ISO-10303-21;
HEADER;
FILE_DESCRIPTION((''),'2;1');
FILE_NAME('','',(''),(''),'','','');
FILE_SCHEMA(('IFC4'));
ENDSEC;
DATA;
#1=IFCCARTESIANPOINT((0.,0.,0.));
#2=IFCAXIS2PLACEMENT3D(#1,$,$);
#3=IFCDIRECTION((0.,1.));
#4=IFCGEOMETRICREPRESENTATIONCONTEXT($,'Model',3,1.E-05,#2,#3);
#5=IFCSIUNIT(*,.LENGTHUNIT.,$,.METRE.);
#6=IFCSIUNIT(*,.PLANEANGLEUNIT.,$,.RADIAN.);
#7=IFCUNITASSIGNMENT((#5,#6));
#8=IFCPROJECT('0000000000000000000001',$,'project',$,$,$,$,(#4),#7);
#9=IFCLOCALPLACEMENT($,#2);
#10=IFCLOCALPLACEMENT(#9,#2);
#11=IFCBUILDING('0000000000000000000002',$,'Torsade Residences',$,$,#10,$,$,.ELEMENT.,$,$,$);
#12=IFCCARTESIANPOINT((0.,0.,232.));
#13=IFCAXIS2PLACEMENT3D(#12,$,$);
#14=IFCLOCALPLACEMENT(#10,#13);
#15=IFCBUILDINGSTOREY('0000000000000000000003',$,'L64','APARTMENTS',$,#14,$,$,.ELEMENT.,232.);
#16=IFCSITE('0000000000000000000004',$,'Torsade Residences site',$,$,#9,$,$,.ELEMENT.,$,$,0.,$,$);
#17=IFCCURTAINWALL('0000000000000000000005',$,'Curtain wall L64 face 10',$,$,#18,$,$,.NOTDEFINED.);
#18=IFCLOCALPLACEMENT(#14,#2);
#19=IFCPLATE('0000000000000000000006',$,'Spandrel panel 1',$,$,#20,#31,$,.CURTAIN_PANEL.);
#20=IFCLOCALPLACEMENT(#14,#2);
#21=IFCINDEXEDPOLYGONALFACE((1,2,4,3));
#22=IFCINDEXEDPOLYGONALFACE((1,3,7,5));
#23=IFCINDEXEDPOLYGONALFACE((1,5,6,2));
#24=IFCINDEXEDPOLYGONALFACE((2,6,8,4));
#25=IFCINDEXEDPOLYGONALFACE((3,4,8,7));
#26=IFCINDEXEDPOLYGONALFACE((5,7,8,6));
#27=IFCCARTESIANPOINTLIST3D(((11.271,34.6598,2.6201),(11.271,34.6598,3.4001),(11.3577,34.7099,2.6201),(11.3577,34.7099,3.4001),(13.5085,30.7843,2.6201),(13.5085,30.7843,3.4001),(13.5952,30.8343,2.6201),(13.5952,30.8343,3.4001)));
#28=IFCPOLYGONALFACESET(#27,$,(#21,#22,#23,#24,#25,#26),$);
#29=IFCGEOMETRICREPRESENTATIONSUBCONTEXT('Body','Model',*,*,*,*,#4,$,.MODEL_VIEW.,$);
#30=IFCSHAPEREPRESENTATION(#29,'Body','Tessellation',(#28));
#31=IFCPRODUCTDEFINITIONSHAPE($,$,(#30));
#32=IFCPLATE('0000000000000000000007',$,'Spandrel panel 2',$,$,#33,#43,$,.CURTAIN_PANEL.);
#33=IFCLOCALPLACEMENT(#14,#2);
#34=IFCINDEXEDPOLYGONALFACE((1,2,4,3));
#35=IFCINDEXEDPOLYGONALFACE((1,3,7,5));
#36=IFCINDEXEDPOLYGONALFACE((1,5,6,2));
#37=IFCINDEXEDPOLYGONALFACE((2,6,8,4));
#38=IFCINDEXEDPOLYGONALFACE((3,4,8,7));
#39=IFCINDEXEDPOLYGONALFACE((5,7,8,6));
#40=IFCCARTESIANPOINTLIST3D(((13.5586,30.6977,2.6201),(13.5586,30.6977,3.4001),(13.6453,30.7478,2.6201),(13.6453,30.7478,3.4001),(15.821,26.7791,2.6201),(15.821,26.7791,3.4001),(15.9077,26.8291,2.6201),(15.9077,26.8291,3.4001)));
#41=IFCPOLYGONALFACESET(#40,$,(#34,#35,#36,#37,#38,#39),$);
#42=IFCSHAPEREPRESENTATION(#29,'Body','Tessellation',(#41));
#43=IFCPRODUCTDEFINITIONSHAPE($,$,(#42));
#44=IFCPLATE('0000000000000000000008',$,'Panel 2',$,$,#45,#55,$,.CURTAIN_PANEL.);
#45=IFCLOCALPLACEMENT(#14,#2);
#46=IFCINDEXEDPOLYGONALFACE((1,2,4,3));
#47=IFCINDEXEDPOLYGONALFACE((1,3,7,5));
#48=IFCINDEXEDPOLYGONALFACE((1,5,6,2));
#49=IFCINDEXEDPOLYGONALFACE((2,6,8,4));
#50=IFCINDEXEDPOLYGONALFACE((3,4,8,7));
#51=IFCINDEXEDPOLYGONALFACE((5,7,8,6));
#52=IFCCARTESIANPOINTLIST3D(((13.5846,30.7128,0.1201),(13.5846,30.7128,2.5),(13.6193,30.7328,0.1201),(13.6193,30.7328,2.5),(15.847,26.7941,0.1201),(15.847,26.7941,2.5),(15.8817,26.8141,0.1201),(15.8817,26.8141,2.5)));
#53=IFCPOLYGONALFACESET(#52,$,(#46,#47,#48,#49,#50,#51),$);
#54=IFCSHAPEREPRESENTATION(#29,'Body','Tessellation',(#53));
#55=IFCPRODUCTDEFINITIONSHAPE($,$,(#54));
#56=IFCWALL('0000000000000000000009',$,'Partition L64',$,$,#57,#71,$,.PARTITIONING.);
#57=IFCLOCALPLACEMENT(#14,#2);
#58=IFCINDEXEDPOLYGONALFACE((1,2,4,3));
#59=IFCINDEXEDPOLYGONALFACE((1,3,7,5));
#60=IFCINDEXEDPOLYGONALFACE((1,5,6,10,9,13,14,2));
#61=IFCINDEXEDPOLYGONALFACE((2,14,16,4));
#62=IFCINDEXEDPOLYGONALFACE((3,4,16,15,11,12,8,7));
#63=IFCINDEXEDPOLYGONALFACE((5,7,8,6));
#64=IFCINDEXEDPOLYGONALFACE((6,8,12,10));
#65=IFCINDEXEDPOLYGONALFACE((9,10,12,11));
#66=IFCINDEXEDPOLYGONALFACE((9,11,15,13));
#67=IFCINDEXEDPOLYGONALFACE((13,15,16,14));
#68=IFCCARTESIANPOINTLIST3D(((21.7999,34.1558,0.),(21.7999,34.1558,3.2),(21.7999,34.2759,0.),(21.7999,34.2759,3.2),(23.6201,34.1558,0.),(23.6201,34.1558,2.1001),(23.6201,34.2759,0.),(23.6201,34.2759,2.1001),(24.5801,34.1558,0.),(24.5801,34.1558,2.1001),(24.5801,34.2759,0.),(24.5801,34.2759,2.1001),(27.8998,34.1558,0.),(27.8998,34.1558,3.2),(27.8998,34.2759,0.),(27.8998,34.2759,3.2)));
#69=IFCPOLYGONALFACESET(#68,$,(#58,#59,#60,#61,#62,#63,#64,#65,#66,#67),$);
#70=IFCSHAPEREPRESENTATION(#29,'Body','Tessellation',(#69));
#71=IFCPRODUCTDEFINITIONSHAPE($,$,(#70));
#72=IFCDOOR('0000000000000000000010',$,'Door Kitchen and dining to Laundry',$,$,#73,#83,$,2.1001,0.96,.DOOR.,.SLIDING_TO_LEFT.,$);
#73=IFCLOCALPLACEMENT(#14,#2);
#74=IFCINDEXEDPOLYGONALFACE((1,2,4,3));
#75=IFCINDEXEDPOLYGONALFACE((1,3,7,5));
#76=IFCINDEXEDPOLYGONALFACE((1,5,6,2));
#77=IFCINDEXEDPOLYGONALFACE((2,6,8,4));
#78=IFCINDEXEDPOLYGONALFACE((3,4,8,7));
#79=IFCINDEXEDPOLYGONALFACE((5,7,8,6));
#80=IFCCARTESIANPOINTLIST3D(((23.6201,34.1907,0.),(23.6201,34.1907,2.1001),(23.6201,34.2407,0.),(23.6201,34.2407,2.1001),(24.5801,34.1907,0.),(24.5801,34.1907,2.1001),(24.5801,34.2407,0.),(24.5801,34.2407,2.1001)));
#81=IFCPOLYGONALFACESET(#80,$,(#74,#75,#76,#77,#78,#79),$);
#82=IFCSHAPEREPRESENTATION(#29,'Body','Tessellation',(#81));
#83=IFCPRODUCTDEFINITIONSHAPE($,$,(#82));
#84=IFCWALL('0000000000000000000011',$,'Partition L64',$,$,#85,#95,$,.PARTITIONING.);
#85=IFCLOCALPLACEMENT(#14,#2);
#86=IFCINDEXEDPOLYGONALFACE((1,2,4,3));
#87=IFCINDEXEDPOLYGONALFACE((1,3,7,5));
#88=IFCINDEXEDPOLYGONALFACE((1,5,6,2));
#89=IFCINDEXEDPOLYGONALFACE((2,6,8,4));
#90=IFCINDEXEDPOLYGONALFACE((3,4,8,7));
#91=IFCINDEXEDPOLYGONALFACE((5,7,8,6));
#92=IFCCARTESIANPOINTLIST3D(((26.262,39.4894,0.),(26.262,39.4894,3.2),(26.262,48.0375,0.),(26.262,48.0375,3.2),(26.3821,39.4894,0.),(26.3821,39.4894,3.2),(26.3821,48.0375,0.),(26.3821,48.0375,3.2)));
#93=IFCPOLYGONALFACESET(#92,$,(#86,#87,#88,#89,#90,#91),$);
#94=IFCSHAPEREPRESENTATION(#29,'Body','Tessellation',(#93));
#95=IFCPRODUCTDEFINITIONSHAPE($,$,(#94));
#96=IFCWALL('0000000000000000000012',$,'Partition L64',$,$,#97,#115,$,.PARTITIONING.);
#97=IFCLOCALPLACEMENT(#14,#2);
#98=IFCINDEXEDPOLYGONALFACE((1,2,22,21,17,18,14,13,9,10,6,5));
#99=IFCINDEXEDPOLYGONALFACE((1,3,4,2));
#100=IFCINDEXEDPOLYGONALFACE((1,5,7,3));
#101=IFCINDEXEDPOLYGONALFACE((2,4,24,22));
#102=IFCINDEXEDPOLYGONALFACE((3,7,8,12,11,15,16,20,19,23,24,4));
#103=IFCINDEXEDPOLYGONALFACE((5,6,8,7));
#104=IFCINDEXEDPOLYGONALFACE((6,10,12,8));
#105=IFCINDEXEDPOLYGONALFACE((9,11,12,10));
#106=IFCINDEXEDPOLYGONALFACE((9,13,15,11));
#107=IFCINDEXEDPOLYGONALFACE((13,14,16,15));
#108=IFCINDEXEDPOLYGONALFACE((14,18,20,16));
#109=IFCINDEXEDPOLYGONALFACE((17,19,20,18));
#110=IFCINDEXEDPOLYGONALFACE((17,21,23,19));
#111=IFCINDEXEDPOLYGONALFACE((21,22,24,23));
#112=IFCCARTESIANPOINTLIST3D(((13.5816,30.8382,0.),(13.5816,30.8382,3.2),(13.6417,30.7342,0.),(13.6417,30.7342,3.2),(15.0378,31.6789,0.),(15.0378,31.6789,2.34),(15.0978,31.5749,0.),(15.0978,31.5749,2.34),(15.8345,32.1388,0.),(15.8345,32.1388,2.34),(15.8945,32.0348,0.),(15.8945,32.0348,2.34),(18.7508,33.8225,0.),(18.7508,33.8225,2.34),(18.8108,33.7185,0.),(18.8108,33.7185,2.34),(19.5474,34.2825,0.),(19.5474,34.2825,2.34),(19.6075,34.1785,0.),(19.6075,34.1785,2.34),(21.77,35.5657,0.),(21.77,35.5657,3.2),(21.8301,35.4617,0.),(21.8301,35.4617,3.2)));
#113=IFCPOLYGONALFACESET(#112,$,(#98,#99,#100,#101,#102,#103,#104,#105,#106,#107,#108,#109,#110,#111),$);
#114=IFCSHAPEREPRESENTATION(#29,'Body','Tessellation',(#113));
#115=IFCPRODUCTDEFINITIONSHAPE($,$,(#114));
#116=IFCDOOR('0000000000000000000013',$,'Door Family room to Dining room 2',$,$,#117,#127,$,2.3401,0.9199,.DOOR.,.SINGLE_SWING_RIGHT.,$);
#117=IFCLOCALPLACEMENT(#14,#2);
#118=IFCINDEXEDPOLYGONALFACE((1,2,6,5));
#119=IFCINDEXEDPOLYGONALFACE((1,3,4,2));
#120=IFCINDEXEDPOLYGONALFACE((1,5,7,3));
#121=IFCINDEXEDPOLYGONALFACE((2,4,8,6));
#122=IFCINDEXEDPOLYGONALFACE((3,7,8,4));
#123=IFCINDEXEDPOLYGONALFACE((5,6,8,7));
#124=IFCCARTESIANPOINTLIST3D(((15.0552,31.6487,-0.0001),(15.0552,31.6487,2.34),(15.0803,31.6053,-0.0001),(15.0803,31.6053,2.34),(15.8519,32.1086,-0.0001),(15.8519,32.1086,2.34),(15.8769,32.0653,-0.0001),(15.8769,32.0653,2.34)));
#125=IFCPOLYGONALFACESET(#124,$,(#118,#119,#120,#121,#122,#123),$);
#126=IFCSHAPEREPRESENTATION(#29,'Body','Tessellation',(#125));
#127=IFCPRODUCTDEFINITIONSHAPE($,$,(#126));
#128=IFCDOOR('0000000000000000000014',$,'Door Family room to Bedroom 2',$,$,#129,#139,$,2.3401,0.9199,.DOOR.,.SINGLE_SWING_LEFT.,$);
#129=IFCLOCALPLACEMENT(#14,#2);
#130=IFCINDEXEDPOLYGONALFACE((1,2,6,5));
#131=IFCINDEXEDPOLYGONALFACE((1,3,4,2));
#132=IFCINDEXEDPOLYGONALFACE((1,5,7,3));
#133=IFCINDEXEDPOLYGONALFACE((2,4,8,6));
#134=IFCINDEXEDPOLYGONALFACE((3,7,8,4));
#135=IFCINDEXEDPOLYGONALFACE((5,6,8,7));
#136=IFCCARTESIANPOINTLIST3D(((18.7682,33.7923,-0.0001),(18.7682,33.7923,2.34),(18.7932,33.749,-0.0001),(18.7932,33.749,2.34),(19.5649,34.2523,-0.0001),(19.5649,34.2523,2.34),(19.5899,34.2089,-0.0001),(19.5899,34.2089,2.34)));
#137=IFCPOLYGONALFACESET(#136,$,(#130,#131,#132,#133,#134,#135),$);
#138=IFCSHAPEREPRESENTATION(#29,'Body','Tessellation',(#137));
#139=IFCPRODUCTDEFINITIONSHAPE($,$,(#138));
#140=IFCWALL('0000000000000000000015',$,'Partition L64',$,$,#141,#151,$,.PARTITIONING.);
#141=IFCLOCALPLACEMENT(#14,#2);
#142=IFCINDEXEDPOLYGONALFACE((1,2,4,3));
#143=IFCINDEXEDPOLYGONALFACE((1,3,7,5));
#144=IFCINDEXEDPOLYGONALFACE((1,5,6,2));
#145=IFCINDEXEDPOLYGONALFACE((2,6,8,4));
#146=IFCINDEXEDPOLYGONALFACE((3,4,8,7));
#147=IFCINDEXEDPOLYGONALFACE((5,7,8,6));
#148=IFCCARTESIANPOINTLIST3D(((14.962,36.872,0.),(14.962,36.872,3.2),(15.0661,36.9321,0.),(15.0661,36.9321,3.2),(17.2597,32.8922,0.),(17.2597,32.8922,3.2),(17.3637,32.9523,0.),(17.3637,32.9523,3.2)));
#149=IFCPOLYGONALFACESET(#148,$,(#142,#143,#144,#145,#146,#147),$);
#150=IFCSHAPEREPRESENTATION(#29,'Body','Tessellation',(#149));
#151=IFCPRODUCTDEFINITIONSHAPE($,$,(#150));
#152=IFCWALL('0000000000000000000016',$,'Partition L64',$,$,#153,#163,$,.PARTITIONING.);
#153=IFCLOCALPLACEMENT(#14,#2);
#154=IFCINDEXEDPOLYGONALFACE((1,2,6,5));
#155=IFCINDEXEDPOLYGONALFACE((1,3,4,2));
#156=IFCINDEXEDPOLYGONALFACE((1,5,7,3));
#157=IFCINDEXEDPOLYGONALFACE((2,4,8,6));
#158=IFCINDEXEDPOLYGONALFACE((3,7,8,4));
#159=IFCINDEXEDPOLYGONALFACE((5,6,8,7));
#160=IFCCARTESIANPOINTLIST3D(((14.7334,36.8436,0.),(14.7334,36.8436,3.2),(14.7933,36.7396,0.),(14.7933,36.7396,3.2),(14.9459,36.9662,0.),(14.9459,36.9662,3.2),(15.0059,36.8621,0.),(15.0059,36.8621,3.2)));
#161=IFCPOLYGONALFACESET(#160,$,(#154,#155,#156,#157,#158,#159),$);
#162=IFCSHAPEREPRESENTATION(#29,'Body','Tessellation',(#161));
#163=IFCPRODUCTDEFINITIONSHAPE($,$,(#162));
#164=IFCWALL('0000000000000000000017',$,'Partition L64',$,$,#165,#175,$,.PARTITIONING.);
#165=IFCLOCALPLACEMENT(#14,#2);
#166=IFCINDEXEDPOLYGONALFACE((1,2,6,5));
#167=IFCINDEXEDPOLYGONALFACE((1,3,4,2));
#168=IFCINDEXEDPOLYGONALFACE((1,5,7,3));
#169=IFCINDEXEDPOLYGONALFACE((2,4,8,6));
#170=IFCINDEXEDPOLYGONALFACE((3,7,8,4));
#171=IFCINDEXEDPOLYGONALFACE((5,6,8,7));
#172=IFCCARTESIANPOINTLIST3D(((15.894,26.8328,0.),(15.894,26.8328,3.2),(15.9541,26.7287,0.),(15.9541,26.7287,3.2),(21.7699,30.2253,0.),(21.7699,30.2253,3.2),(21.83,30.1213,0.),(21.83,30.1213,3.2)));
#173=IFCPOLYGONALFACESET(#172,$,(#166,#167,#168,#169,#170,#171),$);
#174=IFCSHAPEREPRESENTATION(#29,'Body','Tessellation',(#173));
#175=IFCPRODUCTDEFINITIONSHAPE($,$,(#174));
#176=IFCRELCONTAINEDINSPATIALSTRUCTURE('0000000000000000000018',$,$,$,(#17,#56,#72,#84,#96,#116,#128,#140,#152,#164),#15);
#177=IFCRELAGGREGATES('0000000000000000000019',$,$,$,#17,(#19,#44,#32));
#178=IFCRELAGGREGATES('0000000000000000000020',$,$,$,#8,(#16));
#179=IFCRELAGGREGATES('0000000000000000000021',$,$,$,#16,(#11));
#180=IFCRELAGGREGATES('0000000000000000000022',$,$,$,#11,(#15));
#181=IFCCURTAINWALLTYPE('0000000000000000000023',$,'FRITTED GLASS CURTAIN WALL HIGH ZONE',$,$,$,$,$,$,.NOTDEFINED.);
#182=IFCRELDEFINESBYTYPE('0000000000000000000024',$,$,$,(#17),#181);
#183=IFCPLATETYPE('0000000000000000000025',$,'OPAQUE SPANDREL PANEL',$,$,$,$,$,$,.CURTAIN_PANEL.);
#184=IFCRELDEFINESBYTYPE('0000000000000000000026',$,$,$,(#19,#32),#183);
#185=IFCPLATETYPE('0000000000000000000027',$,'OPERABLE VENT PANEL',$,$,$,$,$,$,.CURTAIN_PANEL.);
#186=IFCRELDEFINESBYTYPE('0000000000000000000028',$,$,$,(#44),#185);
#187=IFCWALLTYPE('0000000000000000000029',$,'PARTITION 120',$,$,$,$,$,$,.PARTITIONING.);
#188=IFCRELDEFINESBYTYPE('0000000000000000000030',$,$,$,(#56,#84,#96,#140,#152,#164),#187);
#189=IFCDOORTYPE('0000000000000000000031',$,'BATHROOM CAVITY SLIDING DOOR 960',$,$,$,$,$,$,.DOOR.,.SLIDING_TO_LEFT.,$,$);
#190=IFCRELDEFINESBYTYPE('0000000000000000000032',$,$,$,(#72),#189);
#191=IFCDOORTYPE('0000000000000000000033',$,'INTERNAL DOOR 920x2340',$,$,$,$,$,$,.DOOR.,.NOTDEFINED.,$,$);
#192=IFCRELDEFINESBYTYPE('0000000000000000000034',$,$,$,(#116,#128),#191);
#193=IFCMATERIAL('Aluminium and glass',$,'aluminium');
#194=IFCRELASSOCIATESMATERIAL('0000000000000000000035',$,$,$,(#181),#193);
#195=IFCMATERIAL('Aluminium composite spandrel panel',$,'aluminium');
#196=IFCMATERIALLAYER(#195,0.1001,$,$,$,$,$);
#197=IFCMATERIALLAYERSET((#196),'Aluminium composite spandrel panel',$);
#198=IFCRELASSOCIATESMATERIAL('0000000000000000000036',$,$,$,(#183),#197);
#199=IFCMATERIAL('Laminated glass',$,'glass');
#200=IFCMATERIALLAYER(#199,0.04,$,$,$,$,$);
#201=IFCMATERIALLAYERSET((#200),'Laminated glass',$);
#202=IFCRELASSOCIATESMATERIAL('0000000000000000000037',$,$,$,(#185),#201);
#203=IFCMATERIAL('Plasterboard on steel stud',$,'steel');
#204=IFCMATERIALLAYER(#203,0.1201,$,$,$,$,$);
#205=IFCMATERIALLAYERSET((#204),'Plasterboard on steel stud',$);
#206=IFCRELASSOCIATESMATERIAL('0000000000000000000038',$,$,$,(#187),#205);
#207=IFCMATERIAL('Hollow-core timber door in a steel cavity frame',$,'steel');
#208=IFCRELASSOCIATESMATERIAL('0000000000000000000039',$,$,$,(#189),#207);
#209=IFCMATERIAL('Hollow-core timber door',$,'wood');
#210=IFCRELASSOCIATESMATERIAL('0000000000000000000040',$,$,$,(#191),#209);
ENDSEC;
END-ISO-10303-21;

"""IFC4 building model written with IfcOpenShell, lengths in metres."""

from ifc_helpers import new_model, si_unit, direction, frame, frame_2d, origin, origin_2d, place, context, subcontext, project, spatial, rectangle, extrude, material, layer, layer_set, type_object, element, fill, aggregate, save


model = new_model("IFC4")

# Units and contexts
model_context = context("Model", 3, precision=1e-05, world=origin(), true_north=direction((0.0, 1.0)))
body_context = subcontext(model_context, "Body", "Model", "MODEL_VIEW")
ifc_project = project(units=[si_unit("LENGTHUNIT", "METRE"), si_unit("PLANEANGLEUNIT", "RADIAN")], contexts=[model_context])

# Site, building, storey
site_placement = place(None, origin())
site = spatial("IfcSite", under=ifc_project, at=site_placement, Name="Torsade Residences site", CompositionType="ELEMENT", RefElevation=0.0)
building_placement = place(site_placement, origin())
building = spatial("IfcBuilding", under=site, at=building_placement, Name="Torsade Residences", CompositionType="ELEMENT")
storey_placement = place(building_placement, frame((0.0, 0.0, 232.0)))
storey = spatial("IfcBuildingStorey", under=building, at=storey_placement, Name="L64", Description="APARTMENTS", CompositionType="ELEMENT", Elevation=232.0)

# Curtain wall
ifc_material_1 = material(Name="Aluminium and glass", Category="aluminium")
curtain_wall_type = type_object("IfcCurtainWallType", Name="FRITTED GLASS CURTAIN WALL HIGH ZONE", PredefinedType="NOTDEFINED", material=ifc_material_1)
curtain_wall_placement = place(storey_placement, origin())
curtain_wall = element("IfcCurtainWall", 1, at=curtain_wall_placement, inside=storey, type_object=curtain_wall_type, Name="Curtain wall L64 face 10", PredefinedType="NOTDEFINED")

# Plates
ifc_material_2 = material(Name="Aluminium composite spandrel panel", Category="aluminium")
ifc_layer_1 = layer(ifc_material_2, 0.1001)
ifc_layer_set_1 = layer_set([ifc_layer_1], Name="Aluminium composite spandrel panel")
plate_type_1 = type_object("IfcPlateType", Name="OPAQUE SPANDREL PANEL", PredefinedType="CURTAIN_PANEL", material=ifc_layer_set_1)
plate_1_placement = place(storey_placement, frame((12.4331, 32.7471, 2.6201), z_axis=(0.0, 0.0, 1.0), x_axis=(0.5, -0.866025, 0.0)))
plate_1 = element("IfcPlate", 2, at=plate_1_placement, type_object=plate_type_1, Name="Spandrel panel 1", PredefinedType="CURTAIN_PANEL", context=body_context, shape_type="SweptSolid", body=[
    extrude(rectangle(XDim=4.4751, YDim=0.1001, at=origin_2d()), origin(), (0.0, 0.0, 1.0), 0.78),
])
plate_2_placement = place(storey_placement, frame((14.7332, 28.7634, 2.6201), z_axis=(0.0, 0.0, 1.0), x_axis=(0.5, -0.866025, 0.0)))
plate_2 = element("IfcPlate", 3, at=plate_2_placement, type_object=plate_type_1, Name="Spandrel panel 2", PredefinedType="CURTAIN_PANEL", context=body_context, shape_type="SweptSolid", body=[
    extrude(rectangle(XDim=4.5249, YDim=0.1001, at=origin_2d()), origin(), (0.0, 0.0, 1.0), 0.78),
])
ifc_material_3 = material(Name="Laminated glass", Category="glass")
ifc_layer_2 = layer(ifc_material_3, 0.04)
ifc_layer_set_2 = layer_set([ifc_layer_2], Name="Laminated glass")
plate_type_2 = type_object("IfcPlateType", Name="OPERABLE VENT PANEL", PredefinedType="CURTAIN_PANEL", material=ifc_layer_set_2)
plate_3_placement = place(storey_placement, frame((14.7332, 28.7634, 0.1201), z_axis=(0.0, 0.0, 1.0), x_axis=(0.5, -0.866025, 0.0)))
plate_3 = element("IfcPlate", 4, at=plate_3_placement, type_object=plate_type_2, Name="Panel 2", PredefinedType="CURTAIN_PANEL", context=body_context, shape_type="SweptSolid", body=[
    extrude(rectangle(XDim=4.5249, YDim=0.04, at=origin_2d()), origin(), (0.0, 0.0, 1.0), 2.3799),
])
aggregate(curtain_wall, [plate_1, plate_3, plate_2])

# Wall, opening, door
ifc_material_4 = material(Name="Plasterboard on steel stud", Category="steel")
ifc_layer_3 = layer(ifc_material_4, 0.1201)
ifc_layer_set_3 = layer_set([ifc_layer_3], Name="Plasterboard on steel stud")
wall_type_1 = type_object("IfcWallType", Name="PARTITION 120", PredefinedType="PARTITIONING", material=ifc_layer_set_3)
wall_1_placement = place(storey_placement, frame((21.8, 34.2158, 0.0), z_axis=(0.0, 0.0, 1.0), x_axis=(1.0, 0.0, 0.0)))
wall_1 = element("IfcWall", 5, at=wall_1_placement, inside=storey, type_object=wall_type_1, Name="Partition L64", PredefinedType="PARTITIONING", context=body_context, shape_type="SweptSolid", body=[
    extrude(rectangle(XDim=6.0999, YDim=0.1201, at=frame_2d((3.0498, 0.0))), origin(), (0.0, 0.0, 1.0), 3.2),
])
opening_1_placement = place(wall_1_placement, frame((1.8201, 0.0, 0.0)))
opening_1 = element("IfcOpeningElement", 6, at=opening_1_placement, cuts=wall_1, PredefinedType="OPENING", context=body_context, shape_type="SweptSolid", body=[
    extrude(rectangle(XDim=0.96, YDim=2.1001, at=frame_2d((0.48, 1.05))), frame((0.0, 0.0701, 0.0), z_axis=(0.0, -1.0, 0.0), x_axis=(1.0, 0.0, 0.0)), (0.0, 0.0, 1.0), 0.1401),
])
ifc_material_5 = material(Name="Hollow-core timber door in a steel cavity frame", Category="steel")
door_type_1 = type_object("IfcDoorType", Name="BATHROOM CAVITY SLIDING DOOR 960", OperationType="SLIDING_TO_LEFT", PredefinedType="DOOR", material=ifc_material_5)
door_1_placement = place(opening_1_placement, origin())
door_1 = element("IfcDoor", 7, at=door_1_placement, inside=storey, type_object=door_type_1, Name="Door Kitchen and dining to Laundry", OperationType="SLIDING_TO_LEFT", OverallHeight=2.1001, OverallWidth=0.96, PredefinedType="DOOR", context=body_context, shape_type="SweptSolid", body=[
    extrude(rectangle(XDim=0.96, YDim=2.1001, at=frame_2d((0.48, 1.05))), frame((0.0, 0.0249, 0.0), z_axis=(0.0, -1.0, 0.0), x_axis=(1.0, 0.0, 0.0)), (0.0, 0.0, 1.0), 0.05),
])
fill(opening_1, door_1)

# Wall
wall_2_placement = place(storey_placement, frame((26.322, 39.4895, 0.0), z_axis=(0.0, 0.0, 1.0), x_axis=(0.0, 1.0, 0.0)))
element("IfcWall", 8, at=wall_2_placement, inside=storey, type_object=wall_type_1, Name="Partition L64", PredefinedType="PARTITIONING", context=body_context, shape_type="SweptSolid", body=[
    extrude(rectangle(XDim=8.5481, YDim=0.1201, at=frame_2d((4.2739, 0.0))), origin(), (0.0, 0.0, 1.0), 3.2),
])

# Wall, openings, doors
wall_3_placement = place(storey_placement, frame((21.8, 35.5137, 0.0), z_axis=(0.0, 0.0, 1.0), x_axis=(-0.866029, -0.499994, 0.0)))
wall_3 = element("IfcWall", 9, at=wall_3_placement, inside=storey, type_object=wall_type_1, Name="Partition L64", PredefinedType="PARTITIONING", context=body_context, shape_type="SweptSolid", body=[
    extrude(rectangle(XDim=9.4551, YDim=0.1201, at=frame_2d((4.7275, 0.0))), origin(), (0.0, 0.0, 1.0), 3.2),
])
opening_2_placement = place(wall_3_placement, frame((6.8538, 0.0, 0.0)))
opening_2 = element("IfcOpeningElement", 10, at=opening_2_placement, cuts=wall_3, PredefinedType="OPENING", context=body_context, shape_type="SweptSolid", body=[
    extrude(rectangle(XDim=0.9199, YDim=2.3401, at=frame_2d((0.46, 1.1699))), frame((0.0, 0.0701, 0.0), z_axis=(0.0, -1.0, 0.0), x_axis=(1.0, 0.0, 0.0)), (0.0, 0.0, 1.0), 0.1401),
])
opening_3_placement = place(wall_3_placement, frame((2.5664, 0.0, 0.0)))
opening_3 = element("IfcOpeningElement", 11, at=opening_3_placement, cuts=wall_3, PredefinedType="OPENING", context=body_context, shape_type="SweptSolid", body=[
    extrude(rectangle(XDim=0.9199, YDim=2.3401, at=frame_2d((0.46, 1.1699))), frame((0.0, 0.0701, 0.0), z_axis=(0.0, -1.0, 0.0), x_axis=(1.0, 0.0, 0.0)), (0.0, 0.0, 1.0), 0.1401),
])
ifc_material_6 = material(Name="Hollow-core timber door", Category="wood")
door_type_2 = type_object("IfcDoorType", Name="INTERNAL DOOR 920x2340", OperationType="NOTDEFINED", PredefinedType="DOOR", material=ifc_material_6)
door_2_placement = place(opening_2_placement, origin())
door_2 = element("IfcDoor", 12, at=door_2_placement, inside=storey, type_object=door_type_2, Name="Door Family room to Dining room 2", OperationType="SINGLE_SWING_RIGHT", OverallHeight=2.3401, OverallWidth=0.9199, PredefinedType="DOOR", context=body_context, shape_type="SweptSolid", body=[
    extrude(rectangle(XDim=0.9199, YDim=2.3401, at=frame_2d((0.46, 1.1699))), frame((0.0, 0.0249, 0.0), z_axis=(0.0, -1.0, 0.0), x_axis=(1.0, 0.0, 0.0)), (0.0, 0.0, 1.0), 0.05),
])
fill(opening_2, door_2)
door_3_placement = place(opening_3_placement, origin())
door_3 = element("IfcDoor", 13, at=door_3_placement, inside=storey, type_object=door_type_2, Name="Door Family room to Bedroom 2", OperationType="SINGLE_SWING_LEFT", OverallHeight=2.3401, OverallWidth=0.9199, PredefinedType="DOOR", context=body_context, shape_type="SweptSolid", body=[
    extrude(rectangle(XDim=0.9199, YDim=2.3401, at=frame_2d((0.46, 1.1699))), frame((0.0, 0.0249, 0.0), z_axis=(0.0, -1.0, 0.0), x_axis=(1.0, 0.0, 0.0)), (0.0, 0.0, 1.0), 0.05),
])
fill(opening_3, door_3)

# Walls
wall_4_placement = place(storey_placement, frame((17.3118, 32.9221, 0.0), z_axis=(0.0, 0.0, 1.0), x_axis=(-0.499985, 0.866034, 0.0)))
element("IfcWall", 14, at=wall_4_placement, inside=storey, type_object=wall_type_1, Name="Partition L64", PredefinedType="PARTITIONING", context=body_context, shape_type="SweptSolid", body=[
    extrude(rectangle(XDim=4.5955, YDim=0.1201, at=frame_2d((2.2979, 0.0))), origin(), (0.0, 0.0, 1.0), 3.2),
])
wall_5_placement = place(storey_placement, frame((14.9758, 36.9141, 0.0), z_axis=(0.0, 0.0, 1.0), x_axis=(-0.866401, -0.499349, 0.0)))
element("IfcWall", 15, at=wall_5_placement, inside=storey, type_object=wall_type_1, Name="Partition L64", PredefinedType="PARTITIONING", context=body_context, shape_type="SweptSolid", body=[
    extrude(rectangle(XDim=0.2454, YDim=0.1201, at=frame_2d((0.1226, 0.0))), origin(), (0.0, 0.0, 1.0), 3.2),
])
wall_6_placement = place(storey_placement, frame((21.8, 30.1733, 0.0), z_axis=(0.0, 0.0, 1.0), x_axis=(-0.86602, -0.500009, 0.0)))
element("IfcWall", 16, at=wall_6_placement, inside=storey, type_object=wall_type_1, Name="Partition L64", PredefinedType="PARTITIONING", context=body_context, shape_type="SweptSolid", body=[
    extrude(rectangle(XDim=6.7849, YDim=0.1201, at=frame_2d((3.3926, 0.0))), origin(), (0.0, 0.0, 1.0), 3.2),
])

save(model, "model.ifc")
